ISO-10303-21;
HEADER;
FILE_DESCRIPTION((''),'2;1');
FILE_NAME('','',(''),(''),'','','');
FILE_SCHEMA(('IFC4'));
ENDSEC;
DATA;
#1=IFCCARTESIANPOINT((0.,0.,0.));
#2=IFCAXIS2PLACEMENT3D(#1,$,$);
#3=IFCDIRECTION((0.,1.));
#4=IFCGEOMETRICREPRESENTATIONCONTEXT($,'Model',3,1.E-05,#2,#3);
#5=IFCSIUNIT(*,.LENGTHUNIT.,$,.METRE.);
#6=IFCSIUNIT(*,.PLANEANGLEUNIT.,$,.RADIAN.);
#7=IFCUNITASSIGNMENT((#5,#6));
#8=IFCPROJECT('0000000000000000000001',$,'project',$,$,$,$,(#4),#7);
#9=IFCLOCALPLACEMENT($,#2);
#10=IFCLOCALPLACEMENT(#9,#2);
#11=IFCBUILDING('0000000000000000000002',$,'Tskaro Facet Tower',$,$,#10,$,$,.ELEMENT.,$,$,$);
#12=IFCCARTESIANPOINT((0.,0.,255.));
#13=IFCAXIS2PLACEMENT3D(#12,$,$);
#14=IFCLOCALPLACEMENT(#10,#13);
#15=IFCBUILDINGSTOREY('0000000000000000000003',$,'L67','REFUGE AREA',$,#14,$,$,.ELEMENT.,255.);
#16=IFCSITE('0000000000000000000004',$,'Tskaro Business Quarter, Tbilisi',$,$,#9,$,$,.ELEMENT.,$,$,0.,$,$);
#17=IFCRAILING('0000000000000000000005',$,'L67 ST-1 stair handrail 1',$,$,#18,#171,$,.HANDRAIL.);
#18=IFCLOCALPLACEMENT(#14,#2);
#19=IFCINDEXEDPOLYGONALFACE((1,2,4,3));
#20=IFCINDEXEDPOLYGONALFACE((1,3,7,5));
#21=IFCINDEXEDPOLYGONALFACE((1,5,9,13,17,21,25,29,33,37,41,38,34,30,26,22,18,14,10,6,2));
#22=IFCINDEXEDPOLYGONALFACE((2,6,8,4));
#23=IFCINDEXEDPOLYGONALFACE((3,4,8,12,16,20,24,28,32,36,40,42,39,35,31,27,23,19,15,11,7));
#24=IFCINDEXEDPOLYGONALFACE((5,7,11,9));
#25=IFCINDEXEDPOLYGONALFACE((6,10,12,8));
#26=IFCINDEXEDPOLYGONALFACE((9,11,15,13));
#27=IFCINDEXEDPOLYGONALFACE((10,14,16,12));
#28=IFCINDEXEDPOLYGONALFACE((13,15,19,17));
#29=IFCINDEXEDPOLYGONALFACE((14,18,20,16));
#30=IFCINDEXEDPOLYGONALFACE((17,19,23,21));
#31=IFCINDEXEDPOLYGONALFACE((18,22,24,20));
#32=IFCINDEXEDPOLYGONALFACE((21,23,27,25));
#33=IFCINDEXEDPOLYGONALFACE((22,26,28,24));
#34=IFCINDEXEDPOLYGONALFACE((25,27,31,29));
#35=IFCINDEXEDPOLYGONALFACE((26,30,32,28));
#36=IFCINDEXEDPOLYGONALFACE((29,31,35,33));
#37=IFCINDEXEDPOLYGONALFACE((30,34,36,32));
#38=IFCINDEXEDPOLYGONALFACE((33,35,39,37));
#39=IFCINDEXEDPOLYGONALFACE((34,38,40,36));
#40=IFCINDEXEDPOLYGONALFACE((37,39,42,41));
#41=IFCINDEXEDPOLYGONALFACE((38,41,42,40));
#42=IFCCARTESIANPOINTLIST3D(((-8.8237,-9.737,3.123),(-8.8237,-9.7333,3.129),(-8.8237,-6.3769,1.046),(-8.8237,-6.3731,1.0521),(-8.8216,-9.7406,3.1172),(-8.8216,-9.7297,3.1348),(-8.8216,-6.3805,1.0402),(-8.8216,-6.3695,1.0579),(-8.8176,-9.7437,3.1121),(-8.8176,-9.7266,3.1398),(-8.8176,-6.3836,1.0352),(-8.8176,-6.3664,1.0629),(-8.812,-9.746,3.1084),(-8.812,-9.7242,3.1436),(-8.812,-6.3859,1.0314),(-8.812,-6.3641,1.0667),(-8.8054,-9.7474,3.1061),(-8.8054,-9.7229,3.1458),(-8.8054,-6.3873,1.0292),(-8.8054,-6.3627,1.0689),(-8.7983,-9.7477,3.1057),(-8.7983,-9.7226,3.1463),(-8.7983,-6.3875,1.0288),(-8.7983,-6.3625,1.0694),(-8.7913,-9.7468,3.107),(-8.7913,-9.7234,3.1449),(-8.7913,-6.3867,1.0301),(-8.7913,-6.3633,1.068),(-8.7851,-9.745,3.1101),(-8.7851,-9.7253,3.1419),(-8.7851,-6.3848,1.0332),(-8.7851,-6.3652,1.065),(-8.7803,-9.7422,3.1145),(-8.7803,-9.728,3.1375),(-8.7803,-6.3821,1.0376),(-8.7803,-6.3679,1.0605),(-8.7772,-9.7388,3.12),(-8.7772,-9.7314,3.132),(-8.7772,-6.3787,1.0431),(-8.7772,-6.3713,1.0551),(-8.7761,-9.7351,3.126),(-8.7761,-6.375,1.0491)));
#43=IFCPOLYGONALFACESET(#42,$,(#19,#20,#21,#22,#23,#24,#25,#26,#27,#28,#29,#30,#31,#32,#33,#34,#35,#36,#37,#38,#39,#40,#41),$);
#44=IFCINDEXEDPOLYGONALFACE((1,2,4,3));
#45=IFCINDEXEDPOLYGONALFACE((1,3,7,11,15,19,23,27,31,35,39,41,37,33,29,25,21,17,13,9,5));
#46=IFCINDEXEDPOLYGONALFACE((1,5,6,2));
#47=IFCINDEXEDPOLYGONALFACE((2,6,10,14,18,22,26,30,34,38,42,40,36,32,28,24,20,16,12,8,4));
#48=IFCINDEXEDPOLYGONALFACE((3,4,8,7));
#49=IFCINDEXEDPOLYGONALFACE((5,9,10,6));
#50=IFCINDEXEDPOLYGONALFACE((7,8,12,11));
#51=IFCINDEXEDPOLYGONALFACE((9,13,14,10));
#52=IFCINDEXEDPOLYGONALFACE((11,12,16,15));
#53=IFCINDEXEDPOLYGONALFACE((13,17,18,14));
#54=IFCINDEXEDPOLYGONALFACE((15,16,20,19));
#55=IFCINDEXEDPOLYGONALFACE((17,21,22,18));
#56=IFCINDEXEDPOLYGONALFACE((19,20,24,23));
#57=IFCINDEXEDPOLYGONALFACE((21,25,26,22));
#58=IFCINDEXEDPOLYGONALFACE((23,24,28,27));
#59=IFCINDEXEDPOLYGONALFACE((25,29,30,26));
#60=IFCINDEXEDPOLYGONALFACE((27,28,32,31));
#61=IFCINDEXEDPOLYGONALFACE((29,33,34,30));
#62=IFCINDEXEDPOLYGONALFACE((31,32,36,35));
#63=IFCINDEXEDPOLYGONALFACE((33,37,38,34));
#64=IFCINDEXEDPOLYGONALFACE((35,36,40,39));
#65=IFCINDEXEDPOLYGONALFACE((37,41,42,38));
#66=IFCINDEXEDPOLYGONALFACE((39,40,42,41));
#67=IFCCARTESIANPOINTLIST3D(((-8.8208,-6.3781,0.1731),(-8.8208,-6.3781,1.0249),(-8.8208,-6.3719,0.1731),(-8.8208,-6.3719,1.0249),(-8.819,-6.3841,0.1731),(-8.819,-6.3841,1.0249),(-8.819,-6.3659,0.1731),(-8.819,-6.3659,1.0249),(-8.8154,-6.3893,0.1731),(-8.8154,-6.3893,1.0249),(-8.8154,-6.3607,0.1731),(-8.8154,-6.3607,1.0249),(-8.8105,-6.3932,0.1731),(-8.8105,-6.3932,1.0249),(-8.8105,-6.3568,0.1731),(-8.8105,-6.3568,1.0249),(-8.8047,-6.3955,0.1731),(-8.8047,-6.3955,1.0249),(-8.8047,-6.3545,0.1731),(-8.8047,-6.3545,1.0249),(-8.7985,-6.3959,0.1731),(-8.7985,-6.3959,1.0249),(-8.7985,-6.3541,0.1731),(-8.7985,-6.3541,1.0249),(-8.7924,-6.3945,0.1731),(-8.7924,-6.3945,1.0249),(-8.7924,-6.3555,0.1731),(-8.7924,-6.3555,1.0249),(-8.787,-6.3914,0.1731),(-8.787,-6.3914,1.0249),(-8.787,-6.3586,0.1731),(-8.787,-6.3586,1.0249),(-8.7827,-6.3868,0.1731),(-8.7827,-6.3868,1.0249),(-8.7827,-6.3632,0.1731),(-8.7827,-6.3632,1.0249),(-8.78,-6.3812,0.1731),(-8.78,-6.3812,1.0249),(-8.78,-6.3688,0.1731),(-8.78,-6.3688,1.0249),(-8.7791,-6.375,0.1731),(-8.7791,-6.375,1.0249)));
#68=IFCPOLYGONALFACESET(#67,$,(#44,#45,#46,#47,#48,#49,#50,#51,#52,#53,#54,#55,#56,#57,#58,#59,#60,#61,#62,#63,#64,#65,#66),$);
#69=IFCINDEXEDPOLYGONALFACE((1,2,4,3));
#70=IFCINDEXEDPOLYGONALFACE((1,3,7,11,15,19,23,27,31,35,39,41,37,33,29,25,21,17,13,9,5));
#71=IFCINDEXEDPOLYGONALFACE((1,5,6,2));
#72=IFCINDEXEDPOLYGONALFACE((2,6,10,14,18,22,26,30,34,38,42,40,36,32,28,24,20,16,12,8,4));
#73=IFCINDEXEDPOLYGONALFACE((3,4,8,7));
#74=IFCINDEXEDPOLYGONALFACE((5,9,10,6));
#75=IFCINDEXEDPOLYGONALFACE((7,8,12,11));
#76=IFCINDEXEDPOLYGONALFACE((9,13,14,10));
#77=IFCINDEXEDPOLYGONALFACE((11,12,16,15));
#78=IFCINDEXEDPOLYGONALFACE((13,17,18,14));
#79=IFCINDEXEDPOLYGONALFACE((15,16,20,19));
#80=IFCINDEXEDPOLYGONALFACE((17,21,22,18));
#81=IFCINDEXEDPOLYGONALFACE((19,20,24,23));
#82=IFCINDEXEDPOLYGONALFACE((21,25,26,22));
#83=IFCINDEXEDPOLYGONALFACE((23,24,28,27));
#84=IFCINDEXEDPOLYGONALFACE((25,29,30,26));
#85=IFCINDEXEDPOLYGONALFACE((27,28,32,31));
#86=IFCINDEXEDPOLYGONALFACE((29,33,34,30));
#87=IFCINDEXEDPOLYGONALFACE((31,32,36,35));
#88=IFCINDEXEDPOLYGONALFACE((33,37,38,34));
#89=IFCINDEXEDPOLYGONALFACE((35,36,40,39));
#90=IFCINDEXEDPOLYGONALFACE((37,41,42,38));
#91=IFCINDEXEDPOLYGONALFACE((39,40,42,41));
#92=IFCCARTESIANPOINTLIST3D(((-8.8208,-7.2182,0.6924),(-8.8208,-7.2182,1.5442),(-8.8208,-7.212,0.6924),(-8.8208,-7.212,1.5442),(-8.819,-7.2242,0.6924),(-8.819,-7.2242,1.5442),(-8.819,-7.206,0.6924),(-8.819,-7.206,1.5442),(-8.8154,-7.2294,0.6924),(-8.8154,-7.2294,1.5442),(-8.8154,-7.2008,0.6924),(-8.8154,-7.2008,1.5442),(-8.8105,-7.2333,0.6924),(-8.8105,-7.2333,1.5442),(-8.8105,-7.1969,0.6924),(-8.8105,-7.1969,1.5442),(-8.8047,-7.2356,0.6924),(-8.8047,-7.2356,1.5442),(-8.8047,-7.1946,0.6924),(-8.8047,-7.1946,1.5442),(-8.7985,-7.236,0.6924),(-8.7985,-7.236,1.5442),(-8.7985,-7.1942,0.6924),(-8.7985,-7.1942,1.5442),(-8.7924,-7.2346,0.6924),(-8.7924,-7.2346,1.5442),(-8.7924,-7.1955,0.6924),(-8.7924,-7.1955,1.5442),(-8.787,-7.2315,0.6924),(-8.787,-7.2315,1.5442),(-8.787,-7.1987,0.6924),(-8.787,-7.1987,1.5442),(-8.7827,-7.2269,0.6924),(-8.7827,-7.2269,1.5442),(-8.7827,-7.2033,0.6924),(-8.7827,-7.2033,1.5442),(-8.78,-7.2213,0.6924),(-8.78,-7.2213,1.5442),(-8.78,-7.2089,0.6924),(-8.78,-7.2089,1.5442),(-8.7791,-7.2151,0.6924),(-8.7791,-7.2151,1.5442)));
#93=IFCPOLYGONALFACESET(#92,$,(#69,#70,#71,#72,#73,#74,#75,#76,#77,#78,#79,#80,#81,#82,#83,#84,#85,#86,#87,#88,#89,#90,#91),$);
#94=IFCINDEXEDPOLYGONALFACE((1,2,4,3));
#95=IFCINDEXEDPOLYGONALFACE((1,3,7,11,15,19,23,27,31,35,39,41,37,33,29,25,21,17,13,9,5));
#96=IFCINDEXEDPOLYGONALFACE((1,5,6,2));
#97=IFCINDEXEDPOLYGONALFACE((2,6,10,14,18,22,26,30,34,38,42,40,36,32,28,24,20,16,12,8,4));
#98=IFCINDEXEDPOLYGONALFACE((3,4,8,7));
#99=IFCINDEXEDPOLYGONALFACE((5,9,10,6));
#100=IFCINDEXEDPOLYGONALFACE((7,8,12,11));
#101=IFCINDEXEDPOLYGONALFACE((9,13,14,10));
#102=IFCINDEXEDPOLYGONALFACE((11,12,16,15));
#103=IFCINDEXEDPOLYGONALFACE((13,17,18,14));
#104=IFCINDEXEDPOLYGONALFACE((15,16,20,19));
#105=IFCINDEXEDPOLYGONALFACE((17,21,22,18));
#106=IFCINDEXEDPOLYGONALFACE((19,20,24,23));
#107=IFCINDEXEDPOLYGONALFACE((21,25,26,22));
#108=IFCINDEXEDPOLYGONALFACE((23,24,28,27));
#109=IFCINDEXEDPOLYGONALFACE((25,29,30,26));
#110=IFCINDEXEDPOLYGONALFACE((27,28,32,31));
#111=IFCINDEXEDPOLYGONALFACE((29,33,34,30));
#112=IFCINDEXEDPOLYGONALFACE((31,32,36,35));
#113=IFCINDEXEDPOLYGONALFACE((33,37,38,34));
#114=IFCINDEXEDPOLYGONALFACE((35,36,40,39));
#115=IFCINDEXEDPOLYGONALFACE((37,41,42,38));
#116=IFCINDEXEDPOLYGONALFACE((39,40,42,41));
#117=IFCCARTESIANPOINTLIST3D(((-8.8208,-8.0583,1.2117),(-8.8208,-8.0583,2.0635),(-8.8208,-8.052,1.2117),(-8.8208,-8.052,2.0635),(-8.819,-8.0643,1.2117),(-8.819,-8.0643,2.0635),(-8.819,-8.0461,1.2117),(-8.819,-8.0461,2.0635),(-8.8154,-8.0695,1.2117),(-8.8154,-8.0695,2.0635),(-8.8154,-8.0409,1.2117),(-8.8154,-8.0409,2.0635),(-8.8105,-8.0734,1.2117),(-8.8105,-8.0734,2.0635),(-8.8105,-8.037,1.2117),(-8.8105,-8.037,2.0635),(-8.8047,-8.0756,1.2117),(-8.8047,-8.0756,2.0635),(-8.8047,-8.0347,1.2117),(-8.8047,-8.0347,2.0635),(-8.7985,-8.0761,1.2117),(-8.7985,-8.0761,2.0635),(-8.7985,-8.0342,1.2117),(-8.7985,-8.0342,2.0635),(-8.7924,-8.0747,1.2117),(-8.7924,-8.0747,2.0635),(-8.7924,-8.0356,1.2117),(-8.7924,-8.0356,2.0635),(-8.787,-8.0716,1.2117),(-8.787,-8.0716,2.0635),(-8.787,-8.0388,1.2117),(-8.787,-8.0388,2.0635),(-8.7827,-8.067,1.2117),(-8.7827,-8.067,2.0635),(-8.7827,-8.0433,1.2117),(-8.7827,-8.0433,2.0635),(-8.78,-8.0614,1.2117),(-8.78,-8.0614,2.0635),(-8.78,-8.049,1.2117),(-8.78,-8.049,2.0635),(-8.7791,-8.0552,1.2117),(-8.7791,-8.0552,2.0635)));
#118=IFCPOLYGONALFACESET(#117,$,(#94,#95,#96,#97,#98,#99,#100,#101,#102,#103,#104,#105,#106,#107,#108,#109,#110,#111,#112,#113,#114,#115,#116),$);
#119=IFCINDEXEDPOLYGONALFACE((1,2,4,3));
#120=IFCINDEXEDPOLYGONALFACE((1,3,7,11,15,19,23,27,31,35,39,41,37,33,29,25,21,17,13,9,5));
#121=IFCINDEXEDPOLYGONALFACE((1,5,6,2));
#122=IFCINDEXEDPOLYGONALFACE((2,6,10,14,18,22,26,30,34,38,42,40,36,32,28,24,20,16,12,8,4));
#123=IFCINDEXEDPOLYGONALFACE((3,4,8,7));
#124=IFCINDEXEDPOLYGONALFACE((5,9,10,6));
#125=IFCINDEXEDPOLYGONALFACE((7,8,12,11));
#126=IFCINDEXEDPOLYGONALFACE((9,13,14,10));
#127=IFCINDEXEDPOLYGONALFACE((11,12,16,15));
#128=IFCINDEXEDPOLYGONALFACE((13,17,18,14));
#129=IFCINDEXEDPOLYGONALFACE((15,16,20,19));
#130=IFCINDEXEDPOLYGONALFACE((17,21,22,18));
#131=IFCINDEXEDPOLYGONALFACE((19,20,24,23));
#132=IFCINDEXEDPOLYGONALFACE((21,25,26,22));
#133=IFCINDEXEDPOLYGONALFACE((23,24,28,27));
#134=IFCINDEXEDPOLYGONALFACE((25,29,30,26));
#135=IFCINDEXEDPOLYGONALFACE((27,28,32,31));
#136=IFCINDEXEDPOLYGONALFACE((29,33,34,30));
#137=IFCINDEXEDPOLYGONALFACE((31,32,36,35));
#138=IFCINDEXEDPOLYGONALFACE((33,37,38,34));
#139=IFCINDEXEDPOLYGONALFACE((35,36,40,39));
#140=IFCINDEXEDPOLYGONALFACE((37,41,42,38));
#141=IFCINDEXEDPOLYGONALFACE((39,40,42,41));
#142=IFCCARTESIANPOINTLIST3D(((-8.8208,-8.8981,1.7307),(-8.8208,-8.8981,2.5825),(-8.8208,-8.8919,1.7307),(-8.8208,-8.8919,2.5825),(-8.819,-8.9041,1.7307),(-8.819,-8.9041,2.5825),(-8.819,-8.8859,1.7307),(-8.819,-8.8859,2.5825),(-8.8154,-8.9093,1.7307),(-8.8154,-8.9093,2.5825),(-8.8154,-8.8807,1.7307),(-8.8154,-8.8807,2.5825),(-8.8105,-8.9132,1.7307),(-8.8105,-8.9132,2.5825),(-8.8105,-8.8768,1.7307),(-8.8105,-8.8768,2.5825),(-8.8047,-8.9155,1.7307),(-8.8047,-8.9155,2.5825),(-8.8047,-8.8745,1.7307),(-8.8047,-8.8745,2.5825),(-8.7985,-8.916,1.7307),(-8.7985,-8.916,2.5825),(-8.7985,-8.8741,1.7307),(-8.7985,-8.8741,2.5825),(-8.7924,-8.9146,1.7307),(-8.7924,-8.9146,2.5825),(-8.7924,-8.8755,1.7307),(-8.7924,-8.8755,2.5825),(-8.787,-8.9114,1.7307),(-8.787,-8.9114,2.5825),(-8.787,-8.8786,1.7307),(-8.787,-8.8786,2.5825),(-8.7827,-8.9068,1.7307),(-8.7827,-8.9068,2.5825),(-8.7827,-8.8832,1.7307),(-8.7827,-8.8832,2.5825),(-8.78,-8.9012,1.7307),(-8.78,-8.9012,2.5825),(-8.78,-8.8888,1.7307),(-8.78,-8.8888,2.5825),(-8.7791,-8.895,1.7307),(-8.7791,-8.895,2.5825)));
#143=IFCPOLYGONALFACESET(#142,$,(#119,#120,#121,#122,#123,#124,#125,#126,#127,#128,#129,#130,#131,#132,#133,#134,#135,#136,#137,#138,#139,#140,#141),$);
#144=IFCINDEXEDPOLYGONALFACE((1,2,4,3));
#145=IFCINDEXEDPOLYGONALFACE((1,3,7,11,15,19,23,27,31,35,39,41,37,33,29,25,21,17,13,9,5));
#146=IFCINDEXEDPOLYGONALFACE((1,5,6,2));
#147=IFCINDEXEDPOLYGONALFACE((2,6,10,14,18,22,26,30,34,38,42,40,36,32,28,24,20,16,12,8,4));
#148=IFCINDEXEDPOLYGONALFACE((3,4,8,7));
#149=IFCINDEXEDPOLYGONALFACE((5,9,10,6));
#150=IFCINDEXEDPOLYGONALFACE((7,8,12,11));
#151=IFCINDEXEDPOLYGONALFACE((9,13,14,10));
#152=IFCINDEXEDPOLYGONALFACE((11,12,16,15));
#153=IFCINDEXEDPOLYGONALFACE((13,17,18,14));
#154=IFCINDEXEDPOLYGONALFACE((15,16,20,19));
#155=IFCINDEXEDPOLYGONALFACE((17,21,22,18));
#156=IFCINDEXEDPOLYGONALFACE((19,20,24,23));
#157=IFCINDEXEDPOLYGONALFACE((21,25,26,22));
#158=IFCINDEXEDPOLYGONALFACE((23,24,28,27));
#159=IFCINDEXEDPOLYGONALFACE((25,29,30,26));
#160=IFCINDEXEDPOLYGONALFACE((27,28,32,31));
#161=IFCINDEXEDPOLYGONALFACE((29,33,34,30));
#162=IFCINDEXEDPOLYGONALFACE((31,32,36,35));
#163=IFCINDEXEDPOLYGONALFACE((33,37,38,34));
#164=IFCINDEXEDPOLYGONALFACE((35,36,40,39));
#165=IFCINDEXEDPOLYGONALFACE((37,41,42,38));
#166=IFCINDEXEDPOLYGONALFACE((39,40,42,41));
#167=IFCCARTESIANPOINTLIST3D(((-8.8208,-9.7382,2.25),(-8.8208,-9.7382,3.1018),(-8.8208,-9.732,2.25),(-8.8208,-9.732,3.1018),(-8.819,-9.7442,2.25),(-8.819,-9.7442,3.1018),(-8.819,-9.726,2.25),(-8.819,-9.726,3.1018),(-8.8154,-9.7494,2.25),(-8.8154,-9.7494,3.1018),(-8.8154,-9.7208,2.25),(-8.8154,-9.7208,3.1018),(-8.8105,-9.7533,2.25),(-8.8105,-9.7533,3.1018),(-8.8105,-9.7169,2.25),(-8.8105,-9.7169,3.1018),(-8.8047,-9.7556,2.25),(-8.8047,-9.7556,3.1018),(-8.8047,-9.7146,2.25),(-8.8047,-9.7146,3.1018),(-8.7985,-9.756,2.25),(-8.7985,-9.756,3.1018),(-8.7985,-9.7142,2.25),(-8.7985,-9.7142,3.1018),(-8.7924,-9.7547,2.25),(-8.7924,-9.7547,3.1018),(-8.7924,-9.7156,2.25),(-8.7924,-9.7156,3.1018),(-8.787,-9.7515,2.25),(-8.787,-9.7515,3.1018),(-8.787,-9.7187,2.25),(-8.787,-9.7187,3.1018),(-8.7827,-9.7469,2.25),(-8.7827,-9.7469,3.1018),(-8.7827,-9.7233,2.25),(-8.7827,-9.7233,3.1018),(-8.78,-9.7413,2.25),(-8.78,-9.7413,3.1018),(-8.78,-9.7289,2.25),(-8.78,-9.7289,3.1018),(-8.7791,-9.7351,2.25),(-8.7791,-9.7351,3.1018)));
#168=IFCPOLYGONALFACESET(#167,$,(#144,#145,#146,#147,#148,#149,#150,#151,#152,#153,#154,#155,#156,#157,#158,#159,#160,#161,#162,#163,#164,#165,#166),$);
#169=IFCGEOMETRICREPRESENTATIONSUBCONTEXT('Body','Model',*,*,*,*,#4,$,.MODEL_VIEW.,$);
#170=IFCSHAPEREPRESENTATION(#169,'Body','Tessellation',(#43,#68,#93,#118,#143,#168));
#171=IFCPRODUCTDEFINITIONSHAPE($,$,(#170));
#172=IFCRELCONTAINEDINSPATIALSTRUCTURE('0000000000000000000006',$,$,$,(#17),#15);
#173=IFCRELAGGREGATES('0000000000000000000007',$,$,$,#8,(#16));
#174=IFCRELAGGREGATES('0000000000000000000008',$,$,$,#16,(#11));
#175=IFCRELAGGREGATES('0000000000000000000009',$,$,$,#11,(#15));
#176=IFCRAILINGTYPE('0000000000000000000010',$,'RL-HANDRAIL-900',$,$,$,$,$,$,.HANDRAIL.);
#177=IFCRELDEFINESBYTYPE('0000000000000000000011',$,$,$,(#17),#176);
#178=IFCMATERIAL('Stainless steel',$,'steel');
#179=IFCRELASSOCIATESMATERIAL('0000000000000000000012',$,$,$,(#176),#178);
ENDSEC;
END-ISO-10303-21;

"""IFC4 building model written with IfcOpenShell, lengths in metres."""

from ifc_helpers import new_model, si_unit, direction, frame, origin, origin_2d, place, context, subcontext, project, spatial, circle, extrude, material, type_object, element, save


model = new_model("IFC4")

# Units and contexts
model_context = context("Model", 3, precision=1e-05, world=origin(), true_north=direction((0.0, 1.0)))
body_context = subcontext(model_context, "Body", "Model", "MODEL_VIEW")
ifc_project = project(units=[si_unit("LENGTHUNIT", "METRE"), si_unit("PLANEANGLEUNIT", "RADIAN")], contexts=[model_context])

# Site, building, storey
site_placement = place(None, origin())
site = spatial("IfcSite", under=ifc_project, at=site_placement, Name="Tskaro Business Quarter, Tbilisi", CompositionType="ELEMENT", RefElevation=0.0)
building_placement = place(site_placement, origin())
building = spatial("IfcBuilding", under=site, at=building_placement, Name="Tskaro Facet Tower", CompositionType="ELEMENT")
storey_placement = place(building_placement, frame((0.0, 0.0, 255.0)))
storey = spatial("IfcBuildingStorey", under=building, at=storey_placement, Name="L67", Description="REFUGE AREA", CompositionType="ELEMENT", Elevation=255.0)

# Railing
ifc_material_1 = material(Name="Stainless steel", Category="steel")
railing_type = type_object("IfcRailingType", Name="RL-HANDRAIL-900", PredefinedType="HANDRAIL", material=ifc_material_1)
railing_placement = place(storey_placement, frame((-8.8, -6.375, 0.1731)))
element("IfcRailing", 1, at=railing_placement, inside=storey, type_object=railing_type, Name="L67 ST-1 stair handrail 1", PredefinedType="HANDRAIL", context=body_context, shape_type="SweptSolid", body=[
    extrude(circle(Radius=0.0239, at=origin_2d()), frame((0.0, 0.0, 0.876), z_axis=(0.0, -0.850623, 0.525776), x_axis=(1.0, 0.0, 0.0)), (0.0, 0.0, 1.0), 3.9502),
    extrude(circle(Radius=0.021, at=origin_2d()), origin(), (0.0, 0.0, 1.0), 0.8518),
    extrude(circle(Radius=0.021, at=origin_2d()), frame((0.0, -0.8401, 0.5193)), (0.0, 0.0, 1.0), 0.8518),
    extrude(circle(Radius=0.021, at=origin_2d()), frame((0.0, -1.6802, 1.0386)), (0.0, 0.0, 1.0), 0.8518),
    extrude(circle(Radius=0.021, at=origin_2d()), frame((0.0, -2.52, 1.5576)), (0.0, 0.0, 1.0), 0.8518),
    extrude(circle(Radius=0.021, at=origin_2d()), frame((0.0, -3.3601, 2.0769)), (0.0, 0.0, 1.0), 0.8518),
])

save(model, "model.ifc")
